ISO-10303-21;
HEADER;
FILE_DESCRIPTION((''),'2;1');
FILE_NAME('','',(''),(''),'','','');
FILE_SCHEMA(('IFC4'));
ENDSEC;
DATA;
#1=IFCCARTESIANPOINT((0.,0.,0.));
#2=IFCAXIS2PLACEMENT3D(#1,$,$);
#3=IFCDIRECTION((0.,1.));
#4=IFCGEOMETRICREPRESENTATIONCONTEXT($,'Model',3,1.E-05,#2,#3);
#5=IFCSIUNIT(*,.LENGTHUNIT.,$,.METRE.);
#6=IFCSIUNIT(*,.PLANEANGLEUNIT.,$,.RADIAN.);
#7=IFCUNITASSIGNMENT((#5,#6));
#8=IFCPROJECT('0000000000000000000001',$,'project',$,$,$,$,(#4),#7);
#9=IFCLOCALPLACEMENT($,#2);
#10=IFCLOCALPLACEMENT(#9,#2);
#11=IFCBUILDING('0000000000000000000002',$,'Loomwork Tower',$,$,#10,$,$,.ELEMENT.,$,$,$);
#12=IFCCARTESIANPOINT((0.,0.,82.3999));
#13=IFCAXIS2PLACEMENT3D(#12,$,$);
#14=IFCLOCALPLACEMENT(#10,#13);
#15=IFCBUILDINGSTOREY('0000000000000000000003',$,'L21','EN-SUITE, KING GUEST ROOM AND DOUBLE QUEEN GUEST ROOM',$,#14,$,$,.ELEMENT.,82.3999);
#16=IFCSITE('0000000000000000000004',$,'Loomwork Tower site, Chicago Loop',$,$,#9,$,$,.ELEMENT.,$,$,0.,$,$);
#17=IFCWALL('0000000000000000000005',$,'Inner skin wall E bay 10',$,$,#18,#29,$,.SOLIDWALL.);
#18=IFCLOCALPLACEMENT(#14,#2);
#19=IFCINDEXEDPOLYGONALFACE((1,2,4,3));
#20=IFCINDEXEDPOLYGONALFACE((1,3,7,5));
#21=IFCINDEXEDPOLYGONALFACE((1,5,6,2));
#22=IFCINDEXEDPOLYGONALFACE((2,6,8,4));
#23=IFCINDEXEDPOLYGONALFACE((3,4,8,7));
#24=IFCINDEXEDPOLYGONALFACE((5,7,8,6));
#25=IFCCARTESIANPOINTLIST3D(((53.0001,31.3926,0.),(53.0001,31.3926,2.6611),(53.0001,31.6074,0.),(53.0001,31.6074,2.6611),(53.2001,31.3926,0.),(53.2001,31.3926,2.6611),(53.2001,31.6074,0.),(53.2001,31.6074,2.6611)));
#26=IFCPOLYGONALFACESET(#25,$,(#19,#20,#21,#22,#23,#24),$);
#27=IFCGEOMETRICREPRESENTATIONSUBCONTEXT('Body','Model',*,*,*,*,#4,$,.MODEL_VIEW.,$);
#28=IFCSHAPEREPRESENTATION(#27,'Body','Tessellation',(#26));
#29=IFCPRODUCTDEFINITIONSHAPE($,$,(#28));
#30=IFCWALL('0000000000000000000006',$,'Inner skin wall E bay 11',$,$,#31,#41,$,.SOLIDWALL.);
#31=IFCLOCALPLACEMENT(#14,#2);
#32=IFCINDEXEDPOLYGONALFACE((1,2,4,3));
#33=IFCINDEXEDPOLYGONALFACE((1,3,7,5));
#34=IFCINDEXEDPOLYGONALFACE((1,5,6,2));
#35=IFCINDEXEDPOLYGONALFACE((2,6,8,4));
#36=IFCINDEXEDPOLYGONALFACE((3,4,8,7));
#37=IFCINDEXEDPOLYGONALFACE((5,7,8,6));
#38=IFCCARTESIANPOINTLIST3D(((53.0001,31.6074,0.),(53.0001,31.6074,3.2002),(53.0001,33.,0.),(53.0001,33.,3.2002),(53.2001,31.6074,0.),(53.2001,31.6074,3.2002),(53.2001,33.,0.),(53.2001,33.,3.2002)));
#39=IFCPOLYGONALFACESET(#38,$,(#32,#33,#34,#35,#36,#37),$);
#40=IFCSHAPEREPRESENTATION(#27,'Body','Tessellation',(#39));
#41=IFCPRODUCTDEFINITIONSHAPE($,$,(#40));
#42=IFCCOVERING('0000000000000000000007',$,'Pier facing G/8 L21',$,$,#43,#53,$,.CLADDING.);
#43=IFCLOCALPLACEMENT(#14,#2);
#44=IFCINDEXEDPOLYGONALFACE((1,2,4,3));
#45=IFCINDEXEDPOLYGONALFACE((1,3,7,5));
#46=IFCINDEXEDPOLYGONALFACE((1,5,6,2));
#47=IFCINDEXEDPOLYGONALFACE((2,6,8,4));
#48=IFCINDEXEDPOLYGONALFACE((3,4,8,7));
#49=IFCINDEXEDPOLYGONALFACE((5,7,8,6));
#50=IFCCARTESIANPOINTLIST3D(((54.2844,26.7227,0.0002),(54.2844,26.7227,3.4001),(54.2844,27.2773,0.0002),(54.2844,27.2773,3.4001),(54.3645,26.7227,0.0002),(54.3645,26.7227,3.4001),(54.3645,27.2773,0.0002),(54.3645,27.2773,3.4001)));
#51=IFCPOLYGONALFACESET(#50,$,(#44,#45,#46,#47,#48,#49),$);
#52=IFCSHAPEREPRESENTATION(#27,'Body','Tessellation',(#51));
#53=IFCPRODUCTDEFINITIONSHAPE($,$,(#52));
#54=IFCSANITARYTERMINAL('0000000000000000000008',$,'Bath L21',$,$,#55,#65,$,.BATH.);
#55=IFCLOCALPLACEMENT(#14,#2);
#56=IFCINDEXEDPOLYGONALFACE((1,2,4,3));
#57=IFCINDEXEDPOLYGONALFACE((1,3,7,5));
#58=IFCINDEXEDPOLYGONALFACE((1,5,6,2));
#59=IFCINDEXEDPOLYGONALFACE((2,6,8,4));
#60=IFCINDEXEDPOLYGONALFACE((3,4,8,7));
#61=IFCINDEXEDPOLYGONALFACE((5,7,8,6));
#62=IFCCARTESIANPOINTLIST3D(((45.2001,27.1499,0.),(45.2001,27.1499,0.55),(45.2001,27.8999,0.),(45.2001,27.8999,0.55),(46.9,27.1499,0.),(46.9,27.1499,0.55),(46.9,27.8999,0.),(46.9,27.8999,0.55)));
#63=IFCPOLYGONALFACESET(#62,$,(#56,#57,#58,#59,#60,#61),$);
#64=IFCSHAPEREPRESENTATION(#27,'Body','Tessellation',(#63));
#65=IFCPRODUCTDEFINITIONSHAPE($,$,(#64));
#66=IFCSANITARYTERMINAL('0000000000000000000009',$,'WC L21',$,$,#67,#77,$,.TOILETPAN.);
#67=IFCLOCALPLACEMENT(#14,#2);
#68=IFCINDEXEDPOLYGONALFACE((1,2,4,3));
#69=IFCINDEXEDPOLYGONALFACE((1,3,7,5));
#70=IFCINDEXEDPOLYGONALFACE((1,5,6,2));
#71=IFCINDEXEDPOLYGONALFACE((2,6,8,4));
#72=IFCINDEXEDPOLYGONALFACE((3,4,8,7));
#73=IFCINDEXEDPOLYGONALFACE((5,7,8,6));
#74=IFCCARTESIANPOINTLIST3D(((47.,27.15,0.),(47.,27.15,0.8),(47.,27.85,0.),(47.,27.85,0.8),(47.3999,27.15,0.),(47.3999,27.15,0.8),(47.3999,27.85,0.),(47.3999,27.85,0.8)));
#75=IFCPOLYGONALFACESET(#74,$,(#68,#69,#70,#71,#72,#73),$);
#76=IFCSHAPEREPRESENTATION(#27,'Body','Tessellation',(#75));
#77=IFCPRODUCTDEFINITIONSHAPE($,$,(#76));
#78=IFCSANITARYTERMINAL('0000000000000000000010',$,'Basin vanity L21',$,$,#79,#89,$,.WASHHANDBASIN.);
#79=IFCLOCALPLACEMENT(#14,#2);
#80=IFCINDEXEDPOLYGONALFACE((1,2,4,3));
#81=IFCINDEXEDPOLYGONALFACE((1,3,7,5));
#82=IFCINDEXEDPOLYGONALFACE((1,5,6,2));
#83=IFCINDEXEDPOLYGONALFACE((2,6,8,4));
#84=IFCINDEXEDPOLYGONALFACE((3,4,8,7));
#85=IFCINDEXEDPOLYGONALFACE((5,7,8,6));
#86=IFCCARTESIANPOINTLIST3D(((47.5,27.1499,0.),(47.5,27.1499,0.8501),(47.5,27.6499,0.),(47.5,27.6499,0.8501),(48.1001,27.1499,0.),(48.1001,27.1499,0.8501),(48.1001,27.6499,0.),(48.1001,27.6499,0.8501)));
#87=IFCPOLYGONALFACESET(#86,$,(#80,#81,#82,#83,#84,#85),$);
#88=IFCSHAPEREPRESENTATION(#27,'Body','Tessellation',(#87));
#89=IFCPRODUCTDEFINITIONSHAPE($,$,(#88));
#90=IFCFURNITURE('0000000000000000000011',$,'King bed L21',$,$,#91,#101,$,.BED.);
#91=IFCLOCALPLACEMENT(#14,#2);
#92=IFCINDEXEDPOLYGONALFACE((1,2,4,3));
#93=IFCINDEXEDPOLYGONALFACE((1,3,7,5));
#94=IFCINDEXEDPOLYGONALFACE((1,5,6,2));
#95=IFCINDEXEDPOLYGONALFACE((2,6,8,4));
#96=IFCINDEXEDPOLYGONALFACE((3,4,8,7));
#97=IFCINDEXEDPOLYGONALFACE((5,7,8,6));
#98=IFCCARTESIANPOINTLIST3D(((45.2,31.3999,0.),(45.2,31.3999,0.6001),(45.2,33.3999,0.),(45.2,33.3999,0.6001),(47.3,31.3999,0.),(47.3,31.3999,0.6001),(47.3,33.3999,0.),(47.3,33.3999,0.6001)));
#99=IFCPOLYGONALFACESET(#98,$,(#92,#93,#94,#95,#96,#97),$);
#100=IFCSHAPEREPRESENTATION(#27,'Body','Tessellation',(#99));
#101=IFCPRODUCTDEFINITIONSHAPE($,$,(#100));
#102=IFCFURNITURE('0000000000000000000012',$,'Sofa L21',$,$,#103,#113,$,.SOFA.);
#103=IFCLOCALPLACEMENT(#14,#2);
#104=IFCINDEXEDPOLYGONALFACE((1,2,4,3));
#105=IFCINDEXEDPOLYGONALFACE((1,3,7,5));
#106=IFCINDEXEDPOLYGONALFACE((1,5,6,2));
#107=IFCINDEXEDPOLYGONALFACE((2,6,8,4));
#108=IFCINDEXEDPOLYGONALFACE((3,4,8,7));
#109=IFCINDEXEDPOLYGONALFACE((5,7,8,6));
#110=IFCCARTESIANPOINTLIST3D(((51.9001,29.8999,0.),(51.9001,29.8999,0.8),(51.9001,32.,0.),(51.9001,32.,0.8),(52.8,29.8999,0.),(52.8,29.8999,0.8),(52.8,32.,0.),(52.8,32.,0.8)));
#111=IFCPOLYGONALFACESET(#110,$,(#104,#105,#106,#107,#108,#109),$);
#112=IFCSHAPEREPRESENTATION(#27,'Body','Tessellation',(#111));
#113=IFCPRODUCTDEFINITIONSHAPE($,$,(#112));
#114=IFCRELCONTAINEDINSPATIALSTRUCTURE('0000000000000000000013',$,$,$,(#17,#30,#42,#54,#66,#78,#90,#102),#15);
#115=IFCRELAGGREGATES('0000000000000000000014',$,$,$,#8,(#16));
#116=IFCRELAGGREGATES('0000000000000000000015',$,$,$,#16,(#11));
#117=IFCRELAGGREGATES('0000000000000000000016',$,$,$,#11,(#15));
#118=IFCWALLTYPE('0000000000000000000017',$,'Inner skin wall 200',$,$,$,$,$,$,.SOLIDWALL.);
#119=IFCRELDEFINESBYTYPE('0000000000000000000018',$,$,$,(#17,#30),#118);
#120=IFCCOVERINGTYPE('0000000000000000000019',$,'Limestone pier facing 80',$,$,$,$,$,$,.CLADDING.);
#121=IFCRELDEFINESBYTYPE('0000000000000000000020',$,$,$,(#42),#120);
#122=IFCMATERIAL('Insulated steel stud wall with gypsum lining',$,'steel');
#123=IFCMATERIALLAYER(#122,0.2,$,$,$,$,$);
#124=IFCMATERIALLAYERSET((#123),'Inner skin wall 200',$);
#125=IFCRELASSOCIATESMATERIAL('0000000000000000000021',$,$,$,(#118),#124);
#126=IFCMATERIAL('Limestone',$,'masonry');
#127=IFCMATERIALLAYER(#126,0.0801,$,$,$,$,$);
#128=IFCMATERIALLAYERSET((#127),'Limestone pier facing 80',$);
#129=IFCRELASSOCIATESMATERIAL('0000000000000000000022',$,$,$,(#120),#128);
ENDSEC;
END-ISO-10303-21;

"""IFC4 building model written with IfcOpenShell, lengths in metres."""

from ifc_helpers import new_model, si_unit, direction, frame, frame_2d, origin, origin_2d, place, context, subcontext, project, spatial, rectangle, extrude, material, layer, layer_set, type_object, element, save


model = new_model("IFC4")

# Units and contexts
model_context = context("Model", 3, precision=1e-05, world=origin(), true_north=direction((0.0, 1.0)))
body_context = subcontext(model_context, "Body", "Model", "MODEL_VIEW")
ifc_project = project(units=[si_unit("LENGTHUNIT", "METRE"), si_unit("PLANEANGLEUNIT", "RADIAN")], contexts=[model_context])

# Site, building, storey
site_placement = place(None, origin())
site = spatial("IfcSite", under=ifc_project, at=site_placement, Name="Loomwork Tower site, Chicago Loop", CompositionType="ELEMENT", RefElevation=0.0)
building_placement = place(site_placement, origin())
building = spatial("IfcBuilding", under=site, at=building_placement, Name="Loomwork Tower", CompositionType="ELEMENT")
storey_placement = place(building_placement, frame((0.0, 0.0, 82.3999)))
storey = spatial("IfcBuildingStorey", under=building, at=storey_placement, Name="L21", Description="EN-SUITE, KING GUEST ROOM AND DOUBLE QUEEN GUEST ROOM", CompositionType="ELEMENT", Elevation=82.3999)

# Walls
ifc_material_1 = material(Name="Insulated steel stud wall with gypsum lining", Category="steel")
ifc_layer_1 = layer(ifc_material_1, 0.2)
ifc_layer_set_1 = layer_set([ifc_layer_1], Name="Inner skin wall 200")
wall_type_1 = type_object("IfcWallType", Name="Inner skin wall 200", PredefinedType="SOLIDWALL", material=ifc_layer_set_1)
wall_1_placement = place(storey_placement, frame((53.1001, 31.3926, 0.0), z_axis=(0.0, 0.0, 1.0), x_axis=(0.0, 1.0, 0.0)))
element("IfcWall", 1, at=wall_1_placement, inside=storey, type_object=wall_type_1, Name="Inner skin wall E bay 10", PredefinedType="SOLIDWALL", context=body_context, shape_type="SweptSolid", body=[
    extrude(rectangle(XDim=0.2148, YDim=0.2, at=frame_2d((0.1074, 0.0))), origin(), (0.0, 0.0, 1.0), 2.6611),
])
wall_2_placement = place(storey_placement, frame((53.1001, 31.6074, 0.0), z_axis=(0.0, 0.0, 1.0), x_axis=(0.0, 1.0, 0.0)))
element("IfcWall", 2, at=wall_2_placement, inside=storey, type_object=wall_type_1, Name="Inner skin wall E bay 11", PredefinedType="SOLIDWALL", context=body_context, shape_type="SweptSolid", body=[
    extrude(rectangle(XDim=1.3926, YDim=0.2, at=frame_2d((0.6963, 0.0))), origin(), (0.0, 0.0, 1.0), 3.2002),
])

# Covering
ifc_material_2 = material(Name="Limestone", Category="masonry")
ifc_layer_2 = layer(ifc_material_2, 0.0801)
ifc_layer_set_2 = layer_set([ifc_layer_2], Name="Limestone pier facing 80")
covering_type = type_object("IfcCoveringType", Name="Limestone pier facing 80", PredefinedType="CLADDING", material=ifc_layer_set_2)
covering_placement = place(storey_placement, frame((54.3245, 27.0, 0.0002), z_axis=(0.0, 0.0, 1.0), x_axis=(1.0, 0.0, 0.0)))
element("IfcCovering", 3, at=covering_placement, inside=storey, type_object=covering_type, Name="Pier facing G/8 L21", PredefinedType="CLADDING", context=body_context, shape_type="SweptSolid", body=[
    extrude(rectangle(XDim=0.0801, YDim=0.5547, at=origin_2d()), origin(), (0.0, 0.0, 1.0), 3.3999),
])

# Sanitary terminals
sanitary_terminal_1_placement = place(storey_placement, frame((46.05, 27.5249, 0.0), z_axis=(0.0, 0.0, 1.0), x_axis=(1.0, 0.0, 0.0)))
element("IfcSanitaryTerminal", 4, at=sanitary_terminal_1_placement, inside=storey, Name="Bath L21", PredefinedType="BATH", context=body_context, shape_type="SweptSolid", body=[
    extrude(rectangle(XDim=1.7, YDim=0.75, at=origin_2d()), origin(), (0.0, 0.0, 1.0), 0.55),
])
sanitary_terminal_2_placement = place(storey_placement, frame((47.2, 27.5, 0.0), z_axis=(0.0, 0.0, 1.0), x_axis=(1.0, 0.0, 0.0)))
element("IfcSanitaryTerminal", 5, at=sanitary_terminal_2_placement, inside=storey, Name="WC L21", PredefinedType="TOILETPAN", context=body_context, shape_type="SweptSolid", body=[
    extrude(rectangle(XDim=0.3999, YDim=0.7, at=origin_2d()), origin(), (0.0, 0.0, 1.0), 0.8),
])
sanitary_terminal_3_placement = place(storey_placement, frame((47.8, 27.3999, 0.0), z_axis=(0.0, 0.0, 1.0), x_axis=(1.0, 0.0, 0.0)))
element("IfcSanitaryTerminal", 6, at=sanitary_terminal_3_placement, inside=storey, Name="Basin vanity L21", PredefinedType="WASHHANDBASIN", context=body_context, shape_type="SweptSolid", body=[
    extrude(rectangle(XDim=0.6001, YDim=0.5, at=origin_2d()), origin(), (0.0, 0.0, 1.0), 0.8501),
])

# Furniture
furniture_1_placement = place(storey_placement, frame((46.25, 32.3999, 0.0), z_axis=(0.0, 0.0, 1.0), x_axis=(1.0, 0.0, 0.0)))
element("IfcFurniture", 7, at=furniture_1_placement, inside=storey, Name="King bed L21", PredefinedType="BED", context=body_context, shape_type="SweptSolid", body=[
    extrude(rectangle(XDim=2.1001, YDim=2.0, at=origin_2d()), origin(), (0.0, 0.0, 1.0), 0.6001),
])
furniture_2_placement = place(storey_placement, frame((52.3501, 30.95, 0.0), z_axis=(0.0, 0.0, 1.0), x_axis=(1.0, 0.0, 0.0)))
element("IfcFurniture", 8, at=furniture_2_placement, inside=storey, Name="Sofa L21", PredefinedType="SOFA", context=body_context, shape_type="SweptSolid", body=[
    extrude(rectangle(XDim=0.8999, YDim=2.1001, at=origin_2d()), origin(), (0.0, 0.0, 1.0), 0.8),
])

save(model, "model.ifc")
